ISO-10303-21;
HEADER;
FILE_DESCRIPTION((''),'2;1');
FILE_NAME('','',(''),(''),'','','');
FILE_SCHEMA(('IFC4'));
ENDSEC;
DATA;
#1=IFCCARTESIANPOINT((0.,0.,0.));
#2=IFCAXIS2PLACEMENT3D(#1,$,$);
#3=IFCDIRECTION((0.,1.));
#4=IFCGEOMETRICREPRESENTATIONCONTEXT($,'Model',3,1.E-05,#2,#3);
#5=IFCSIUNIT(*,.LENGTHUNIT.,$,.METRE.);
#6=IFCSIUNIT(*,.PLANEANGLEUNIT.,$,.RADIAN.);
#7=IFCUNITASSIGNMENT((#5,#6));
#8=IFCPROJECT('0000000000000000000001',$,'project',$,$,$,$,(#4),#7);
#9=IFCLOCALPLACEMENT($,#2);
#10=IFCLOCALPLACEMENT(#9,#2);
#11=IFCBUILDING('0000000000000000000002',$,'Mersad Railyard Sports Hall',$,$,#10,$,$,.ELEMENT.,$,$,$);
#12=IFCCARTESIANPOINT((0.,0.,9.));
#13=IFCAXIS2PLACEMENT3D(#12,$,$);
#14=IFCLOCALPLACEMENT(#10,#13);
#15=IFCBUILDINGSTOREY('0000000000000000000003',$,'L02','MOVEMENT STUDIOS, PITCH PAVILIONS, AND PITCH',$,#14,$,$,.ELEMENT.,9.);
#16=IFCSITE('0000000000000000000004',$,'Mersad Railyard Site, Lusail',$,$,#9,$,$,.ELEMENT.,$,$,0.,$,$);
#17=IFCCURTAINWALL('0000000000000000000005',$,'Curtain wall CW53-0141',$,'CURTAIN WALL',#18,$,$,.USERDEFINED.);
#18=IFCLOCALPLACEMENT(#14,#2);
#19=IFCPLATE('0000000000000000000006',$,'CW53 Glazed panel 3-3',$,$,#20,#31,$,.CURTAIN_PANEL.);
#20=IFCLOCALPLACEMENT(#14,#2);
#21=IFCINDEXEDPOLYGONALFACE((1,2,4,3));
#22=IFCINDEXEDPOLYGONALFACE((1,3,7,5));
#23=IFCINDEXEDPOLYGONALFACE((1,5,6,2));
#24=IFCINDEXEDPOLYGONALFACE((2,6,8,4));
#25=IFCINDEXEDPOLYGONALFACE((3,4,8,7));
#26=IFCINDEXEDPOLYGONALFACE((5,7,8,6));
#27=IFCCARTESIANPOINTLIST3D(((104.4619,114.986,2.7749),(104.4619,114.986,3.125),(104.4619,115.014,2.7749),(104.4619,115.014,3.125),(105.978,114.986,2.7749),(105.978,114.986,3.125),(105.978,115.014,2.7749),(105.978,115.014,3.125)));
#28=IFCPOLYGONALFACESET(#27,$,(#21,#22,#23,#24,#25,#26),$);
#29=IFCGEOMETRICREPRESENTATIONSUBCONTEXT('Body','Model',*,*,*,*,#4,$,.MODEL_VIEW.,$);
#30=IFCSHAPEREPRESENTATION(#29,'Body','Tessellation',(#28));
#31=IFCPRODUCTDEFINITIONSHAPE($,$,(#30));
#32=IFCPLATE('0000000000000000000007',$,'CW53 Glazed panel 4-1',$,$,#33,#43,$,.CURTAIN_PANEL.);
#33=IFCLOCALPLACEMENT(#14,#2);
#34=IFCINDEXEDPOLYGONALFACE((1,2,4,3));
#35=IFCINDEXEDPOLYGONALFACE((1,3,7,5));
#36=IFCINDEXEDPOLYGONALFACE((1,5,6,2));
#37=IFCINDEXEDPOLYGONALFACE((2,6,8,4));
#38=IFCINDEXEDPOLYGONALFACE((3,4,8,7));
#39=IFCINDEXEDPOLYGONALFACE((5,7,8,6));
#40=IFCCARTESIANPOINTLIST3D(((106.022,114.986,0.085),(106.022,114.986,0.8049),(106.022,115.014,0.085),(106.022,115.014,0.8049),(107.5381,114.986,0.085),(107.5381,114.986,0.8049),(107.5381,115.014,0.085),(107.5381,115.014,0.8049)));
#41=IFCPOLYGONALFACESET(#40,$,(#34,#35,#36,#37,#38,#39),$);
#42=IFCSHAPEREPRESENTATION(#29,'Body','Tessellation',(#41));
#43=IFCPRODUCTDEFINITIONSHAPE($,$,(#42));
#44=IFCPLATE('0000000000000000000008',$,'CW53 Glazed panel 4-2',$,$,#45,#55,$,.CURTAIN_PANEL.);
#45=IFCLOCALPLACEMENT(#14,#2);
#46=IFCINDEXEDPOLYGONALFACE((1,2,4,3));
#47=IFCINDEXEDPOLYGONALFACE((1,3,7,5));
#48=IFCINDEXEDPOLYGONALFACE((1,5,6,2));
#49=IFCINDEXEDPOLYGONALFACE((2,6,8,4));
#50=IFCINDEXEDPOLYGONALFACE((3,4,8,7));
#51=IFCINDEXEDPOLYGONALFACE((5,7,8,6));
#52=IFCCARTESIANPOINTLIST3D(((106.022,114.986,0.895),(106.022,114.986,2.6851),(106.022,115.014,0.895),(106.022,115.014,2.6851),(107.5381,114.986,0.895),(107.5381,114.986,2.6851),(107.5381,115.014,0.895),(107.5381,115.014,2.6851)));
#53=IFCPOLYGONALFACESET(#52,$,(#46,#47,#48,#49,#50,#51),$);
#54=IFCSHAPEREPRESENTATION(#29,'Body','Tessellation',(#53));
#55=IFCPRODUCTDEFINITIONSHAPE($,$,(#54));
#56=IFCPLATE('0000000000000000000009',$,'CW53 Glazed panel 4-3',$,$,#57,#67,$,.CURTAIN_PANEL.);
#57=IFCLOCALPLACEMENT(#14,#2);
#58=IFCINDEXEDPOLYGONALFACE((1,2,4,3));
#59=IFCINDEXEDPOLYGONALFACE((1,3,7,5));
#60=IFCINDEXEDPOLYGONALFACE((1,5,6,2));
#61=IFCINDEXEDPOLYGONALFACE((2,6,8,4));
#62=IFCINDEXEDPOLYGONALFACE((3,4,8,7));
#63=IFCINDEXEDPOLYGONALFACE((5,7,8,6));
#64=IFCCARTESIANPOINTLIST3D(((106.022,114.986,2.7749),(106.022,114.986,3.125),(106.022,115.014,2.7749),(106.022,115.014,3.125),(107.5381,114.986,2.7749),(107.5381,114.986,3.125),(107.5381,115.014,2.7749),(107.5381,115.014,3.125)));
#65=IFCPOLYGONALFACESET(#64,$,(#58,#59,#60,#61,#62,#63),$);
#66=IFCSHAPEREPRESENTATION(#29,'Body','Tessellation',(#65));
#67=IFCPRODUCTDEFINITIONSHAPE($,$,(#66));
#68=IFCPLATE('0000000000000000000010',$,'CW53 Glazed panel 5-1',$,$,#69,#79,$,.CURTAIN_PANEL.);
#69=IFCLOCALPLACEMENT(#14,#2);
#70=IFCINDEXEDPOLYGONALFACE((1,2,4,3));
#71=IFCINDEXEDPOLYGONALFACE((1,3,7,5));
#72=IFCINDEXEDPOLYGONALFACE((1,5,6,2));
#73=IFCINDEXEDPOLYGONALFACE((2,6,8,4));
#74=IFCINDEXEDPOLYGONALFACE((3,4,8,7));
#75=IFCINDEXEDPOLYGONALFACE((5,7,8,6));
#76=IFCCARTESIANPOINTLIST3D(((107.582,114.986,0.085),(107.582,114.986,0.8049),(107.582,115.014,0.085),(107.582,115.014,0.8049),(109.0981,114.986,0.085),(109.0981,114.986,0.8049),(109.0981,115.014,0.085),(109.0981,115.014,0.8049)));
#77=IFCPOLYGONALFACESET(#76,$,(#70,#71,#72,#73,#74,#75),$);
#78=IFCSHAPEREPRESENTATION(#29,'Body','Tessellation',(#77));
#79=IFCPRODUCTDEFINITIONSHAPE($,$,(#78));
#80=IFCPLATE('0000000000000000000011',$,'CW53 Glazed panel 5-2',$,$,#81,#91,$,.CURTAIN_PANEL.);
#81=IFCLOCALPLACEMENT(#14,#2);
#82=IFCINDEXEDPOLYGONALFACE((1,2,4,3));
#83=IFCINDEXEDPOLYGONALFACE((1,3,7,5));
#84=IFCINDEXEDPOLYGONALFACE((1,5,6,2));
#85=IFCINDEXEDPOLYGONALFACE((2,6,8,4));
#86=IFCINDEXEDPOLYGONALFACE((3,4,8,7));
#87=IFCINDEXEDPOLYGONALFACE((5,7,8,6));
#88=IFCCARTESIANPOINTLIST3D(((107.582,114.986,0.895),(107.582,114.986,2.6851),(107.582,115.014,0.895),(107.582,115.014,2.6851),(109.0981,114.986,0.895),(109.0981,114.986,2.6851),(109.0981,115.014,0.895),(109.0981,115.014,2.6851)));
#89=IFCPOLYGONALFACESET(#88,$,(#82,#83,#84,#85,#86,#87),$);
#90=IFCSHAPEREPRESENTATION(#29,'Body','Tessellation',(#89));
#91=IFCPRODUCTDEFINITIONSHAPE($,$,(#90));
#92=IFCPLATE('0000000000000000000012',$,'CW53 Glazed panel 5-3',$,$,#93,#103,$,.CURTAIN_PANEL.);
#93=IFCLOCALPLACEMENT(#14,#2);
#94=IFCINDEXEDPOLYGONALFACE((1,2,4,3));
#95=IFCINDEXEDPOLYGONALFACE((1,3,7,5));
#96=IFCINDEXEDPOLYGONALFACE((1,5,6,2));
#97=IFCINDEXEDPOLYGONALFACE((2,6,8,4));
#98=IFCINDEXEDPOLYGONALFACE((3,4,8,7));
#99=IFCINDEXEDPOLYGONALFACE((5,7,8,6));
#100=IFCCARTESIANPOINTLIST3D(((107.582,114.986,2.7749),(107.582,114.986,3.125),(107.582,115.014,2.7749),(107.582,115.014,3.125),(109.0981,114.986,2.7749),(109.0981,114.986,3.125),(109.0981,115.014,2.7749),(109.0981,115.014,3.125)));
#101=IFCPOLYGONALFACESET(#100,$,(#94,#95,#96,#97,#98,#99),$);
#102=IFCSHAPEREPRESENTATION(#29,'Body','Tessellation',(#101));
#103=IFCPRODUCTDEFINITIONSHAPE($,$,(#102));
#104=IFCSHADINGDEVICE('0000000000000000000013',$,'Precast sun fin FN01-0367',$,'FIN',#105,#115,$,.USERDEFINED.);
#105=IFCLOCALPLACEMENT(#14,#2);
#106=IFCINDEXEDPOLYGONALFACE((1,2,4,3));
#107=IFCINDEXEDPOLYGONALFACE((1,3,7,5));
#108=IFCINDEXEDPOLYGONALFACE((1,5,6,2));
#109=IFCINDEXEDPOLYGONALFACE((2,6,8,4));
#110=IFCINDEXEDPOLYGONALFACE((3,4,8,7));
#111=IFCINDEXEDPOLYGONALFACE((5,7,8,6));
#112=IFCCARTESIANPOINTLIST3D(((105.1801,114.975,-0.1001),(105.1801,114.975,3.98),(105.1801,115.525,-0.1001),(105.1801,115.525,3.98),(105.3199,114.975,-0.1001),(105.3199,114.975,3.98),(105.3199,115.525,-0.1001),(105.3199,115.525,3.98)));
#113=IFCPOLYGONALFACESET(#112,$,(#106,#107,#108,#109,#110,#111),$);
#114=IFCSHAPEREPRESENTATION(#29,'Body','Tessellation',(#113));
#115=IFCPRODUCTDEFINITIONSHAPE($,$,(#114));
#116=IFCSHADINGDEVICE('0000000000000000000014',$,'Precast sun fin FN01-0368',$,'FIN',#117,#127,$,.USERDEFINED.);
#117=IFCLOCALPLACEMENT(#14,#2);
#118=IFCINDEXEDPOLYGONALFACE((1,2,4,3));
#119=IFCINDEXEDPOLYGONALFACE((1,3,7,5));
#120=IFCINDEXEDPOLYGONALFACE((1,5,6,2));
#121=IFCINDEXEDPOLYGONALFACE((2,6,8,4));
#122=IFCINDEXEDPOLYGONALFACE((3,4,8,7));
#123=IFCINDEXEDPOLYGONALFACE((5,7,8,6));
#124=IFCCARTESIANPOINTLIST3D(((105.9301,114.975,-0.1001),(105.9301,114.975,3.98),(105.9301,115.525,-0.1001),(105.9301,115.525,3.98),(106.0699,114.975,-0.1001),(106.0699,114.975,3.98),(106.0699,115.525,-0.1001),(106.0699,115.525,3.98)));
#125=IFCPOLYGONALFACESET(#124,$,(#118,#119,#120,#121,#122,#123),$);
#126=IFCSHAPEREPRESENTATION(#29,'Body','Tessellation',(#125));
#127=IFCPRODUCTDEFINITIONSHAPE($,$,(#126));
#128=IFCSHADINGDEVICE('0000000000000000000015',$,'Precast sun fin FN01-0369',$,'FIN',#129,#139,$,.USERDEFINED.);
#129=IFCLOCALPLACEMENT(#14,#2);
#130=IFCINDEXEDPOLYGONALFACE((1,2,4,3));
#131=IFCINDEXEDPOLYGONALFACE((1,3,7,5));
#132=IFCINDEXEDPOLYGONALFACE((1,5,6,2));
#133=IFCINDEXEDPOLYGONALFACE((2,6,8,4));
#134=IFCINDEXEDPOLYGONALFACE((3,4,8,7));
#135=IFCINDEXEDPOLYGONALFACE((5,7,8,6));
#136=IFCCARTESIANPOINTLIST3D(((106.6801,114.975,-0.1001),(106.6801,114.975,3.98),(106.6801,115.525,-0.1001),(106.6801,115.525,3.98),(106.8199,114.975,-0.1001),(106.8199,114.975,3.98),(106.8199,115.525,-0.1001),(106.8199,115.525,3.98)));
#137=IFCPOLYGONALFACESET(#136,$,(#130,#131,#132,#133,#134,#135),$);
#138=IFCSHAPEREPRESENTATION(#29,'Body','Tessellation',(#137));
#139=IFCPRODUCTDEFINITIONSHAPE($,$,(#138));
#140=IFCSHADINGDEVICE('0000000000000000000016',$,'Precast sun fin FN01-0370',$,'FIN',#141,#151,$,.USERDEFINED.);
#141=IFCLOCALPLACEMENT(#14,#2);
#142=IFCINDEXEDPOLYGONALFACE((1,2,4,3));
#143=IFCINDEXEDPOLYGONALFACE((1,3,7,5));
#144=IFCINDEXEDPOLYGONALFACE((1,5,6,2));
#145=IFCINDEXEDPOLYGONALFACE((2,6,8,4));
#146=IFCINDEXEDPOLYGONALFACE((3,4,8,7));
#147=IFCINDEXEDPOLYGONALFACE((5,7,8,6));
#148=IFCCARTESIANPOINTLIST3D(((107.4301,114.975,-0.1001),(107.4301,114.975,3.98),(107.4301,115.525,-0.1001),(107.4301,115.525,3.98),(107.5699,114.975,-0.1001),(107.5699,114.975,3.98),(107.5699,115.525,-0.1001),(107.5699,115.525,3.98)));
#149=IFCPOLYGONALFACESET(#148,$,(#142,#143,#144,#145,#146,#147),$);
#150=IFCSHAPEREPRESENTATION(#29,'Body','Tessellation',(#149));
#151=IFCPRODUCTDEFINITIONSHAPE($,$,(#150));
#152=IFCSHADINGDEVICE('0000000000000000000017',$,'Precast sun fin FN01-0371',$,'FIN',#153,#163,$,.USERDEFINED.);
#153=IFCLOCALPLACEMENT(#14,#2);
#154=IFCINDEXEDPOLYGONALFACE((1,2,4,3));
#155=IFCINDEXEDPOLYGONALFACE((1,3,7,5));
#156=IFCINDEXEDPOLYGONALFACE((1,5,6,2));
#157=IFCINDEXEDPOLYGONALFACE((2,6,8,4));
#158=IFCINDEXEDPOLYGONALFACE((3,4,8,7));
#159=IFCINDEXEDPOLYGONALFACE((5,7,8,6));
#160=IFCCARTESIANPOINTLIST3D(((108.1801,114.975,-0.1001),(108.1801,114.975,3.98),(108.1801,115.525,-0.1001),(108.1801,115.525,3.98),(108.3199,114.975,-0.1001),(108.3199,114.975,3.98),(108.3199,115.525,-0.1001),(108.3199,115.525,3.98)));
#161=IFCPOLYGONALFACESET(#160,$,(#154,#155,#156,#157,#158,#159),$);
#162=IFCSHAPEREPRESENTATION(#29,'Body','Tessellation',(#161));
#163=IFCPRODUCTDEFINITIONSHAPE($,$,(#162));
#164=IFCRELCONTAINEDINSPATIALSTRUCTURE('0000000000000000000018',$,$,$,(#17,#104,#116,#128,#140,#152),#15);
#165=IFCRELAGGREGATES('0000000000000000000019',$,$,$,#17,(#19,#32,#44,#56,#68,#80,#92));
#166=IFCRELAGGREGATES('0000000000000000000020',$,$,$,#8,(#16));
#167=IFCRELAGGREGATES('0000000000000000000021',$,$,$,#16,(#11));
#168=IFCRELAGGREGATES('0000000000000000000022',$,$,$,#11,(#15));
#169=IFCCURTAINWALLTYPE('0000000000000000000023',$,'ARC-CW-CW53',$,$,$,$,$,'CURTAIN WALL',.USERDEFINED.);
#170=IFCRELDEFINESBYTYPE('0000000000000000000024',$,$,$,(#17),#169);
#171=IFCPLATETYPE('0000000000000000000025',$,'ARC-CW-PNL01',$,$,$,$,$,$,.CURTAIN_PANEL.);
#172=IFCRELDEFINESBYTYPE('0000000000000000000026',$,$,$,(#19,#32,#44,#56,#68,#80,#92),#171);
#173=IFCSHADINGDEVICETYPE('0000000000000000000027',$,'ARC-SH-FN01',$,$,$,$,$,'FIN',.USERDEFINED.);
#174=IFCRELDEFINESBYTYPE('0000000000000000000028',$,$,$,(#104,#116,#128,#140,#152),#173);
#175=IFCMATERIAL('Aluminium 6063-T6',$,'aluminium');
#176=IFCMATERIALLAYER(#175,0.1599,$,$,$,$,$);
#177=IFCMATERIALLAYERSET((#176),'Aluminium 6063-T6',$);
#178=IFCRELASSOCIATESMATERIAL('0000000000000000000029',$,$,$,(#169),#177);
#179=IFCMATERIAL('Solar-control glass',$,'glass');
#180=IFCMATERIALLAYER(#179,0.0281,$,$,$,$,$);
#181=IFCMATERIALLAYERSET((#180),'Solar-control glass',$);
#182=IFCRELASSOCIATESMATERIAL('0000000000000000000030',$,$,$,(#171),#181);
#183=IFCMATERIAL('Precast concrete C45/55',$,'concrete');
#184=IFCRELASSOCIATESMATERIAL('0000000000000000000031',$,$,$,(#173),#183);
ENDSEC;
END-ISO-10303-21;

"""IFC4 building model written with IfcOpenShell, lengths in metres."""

from ifc_helpers import new_model, si_unit, direction, frame, origin, origin_2d, place, context, subcontext, project, spatial, rectangle, extrude, material, layer, layer_set, type_object, element, aggregate, save


model = new_model("IFC4")

# Units and contexts
model_context = context("Model", 3, precision=1e-05, world=origin(), true_north=direction((0.0, 1.0)))
body_context = subcontext(model_context, "Body", "Model", "MODEL_VIEW")
ifc_project = project(units=[si_unit("LENGTHUNIT", "METRE"), si_unit("PLANEANGLEUNIT", "RADIAN")], contexts=[model_context])

# Site, building, storey
site_placement = place(None, origin())
site = spatial("IfcSite", under=ifc_project, at=site_placement, Name="Mersad Railyard Site, Lusail", CompositionType="ELEMENT", RefElevation=0.0)
building_placement = place(site_placement, origin())
building = spatial("IfcBuilding", under=site, at=building_placement, Name="Mersad Railyard Sports Hall", CompositionType="ELEMENT")
storey_placement = place(building_placement, frame((0.0, 0.0, 9.0)))
storey = spatial("IfcBuildingStorey", under=building, at=storey_placement, Name="L02", Description="MOVEMENT STUDIOS, PITCH PAVILIONS, AND PITCH", CompositionType="ELEMENT", Elevation=9.0)

# Curtain wall, plates
ifc_material_1 = material(Name="Aluminium 6063-T6", Category="aluminium")
ifc_layer_1 = layer(ifc_material_1, 0.1599)
ifc_layer_set_1 = layer_set([ifc_layer_1], Name="Aluminium 6063-T6")
curtain_wall_type = type_object("IfcCurtainWallType", Name="ARC-CW-CW53", ElementType="CURTAIN WALL", PredefinedType="USERDEFINED", material=ifc_layer_set_1)
curtain_wall_placement = place(storey_placement, origin())
curtain_wall = element("IfcCurtainWall", 1, at=curtain_wall_placement, inside=storey, type_object=curtain_wall_type, Name="Curtain wall CW53-0141", ObjectType="CURTAIN WALL", PredefinedType="USERDEFINED")
ifc_material_2 = material(Name="Solar-control glass", Category="glass")
ifc_layer_2 = layer(ifc_material_2, 0.0281)
ifc_layer_set_2 = layer_set([ifc_layer_2], Name="Solar-control glass")
plate_type = type_object("IfcPlateType", Name="ARC-CW-PNL01", PredefinedType="CURTAIN_PANEL", material=ifc_layer_set_2)
plate_1_placement = place(storey_placement, frame((105.22, 115.0, 2.7749), z_axis=(0.0, 0.0, 1.0), x_axis=(1.0, 0.0, 0.0)))
plate_1 = element("IfcPlate", 2, at=plate_1_placement, type_object=plate_type, Name="CW53 Glazed panel 3-3", PredefinedType="CURTAIN_PANEL", context=body_context, shape_type="SweptSolid", body=[
    extrude(rectangle(XDim=1.5161, YDim=0.0281, at=origin_2d()), origin(), (0.0, 0.0, 1.0), 0.3501),
])
plate_2_placement = place(storey_placement, frame((106.78, 115.0, 0.085), z_axis=(0.0, 0.0, 1.0), x_axis=(1.0, 0.0, 0.0)))
plate_2 = element("IfcPlate", 3, at=plate_2_placement, type_object=plate_type, Name="CW53 Glazed panel 4-1", PredefinedType="CURTAIN_PANEL", context=body_context, shape_type="SweptSolid", body=[
    extrude(rectangle(XDim=1.5161, YDim=0.0281, at=origin_2d()), origin(), (0.0, 0.0, 1.0), 0.72),
])
plate_3_placement = place(storey_placement, frame((106.78, 115.0, 0.895), z_axis=(0.0, 0.0, 1.0), x_axis=(1.0, 0.0, 0.0)))
plate_3 = element("IfcPlate", 4, at=plate_3_placement, type_object=plate_type, Name="CW53 Glazed panel 4-2", PredefinedType="CURTAIN_PANEL", context=body_context, shape_type="SweptSolid", body=[
    extrude(rectangle(XDim=1.5161, YDim=0.0281, at=origin_2d()), origin(), (0.0, 0.0, 1.0), 1.79),
])
plate_4_placement = place(storey_placement, frame((106.78, 115.0, 2.7749), z_axis=(0.0, 0.0, 1.0), x_axis=(1.0, 0.0, 0.0)))
plate_4 = element("IfcPlate", 5, at=plate_4_placement, type_object=plate_type, Name="CW53 Glazed panel 4-3", PredefinedType="CURTAIN_PANEL", context=body_context, shape_type="SweptSolid", body=[
    extrude(rectangle(XDim=1.5161, YDim=0.0281, at=origin_2d()), origin(), (0.0, 0.0, 1.0), 0.3501),
])
plate_5_placement = place(storey_placement, frame((108.3401, 115.0, 0.085), z_axis=(0.0, 0.0, 1.0), x_axis=(1.0, 0.0, 0.0)))
plate_5 = element("IfcPlate", 6, at=plate_5_placement, type_object=plate_type, Name="CW53 Glazed panel 5-1", PredefinedType="CURTAIN_PANEL", context=body_context, shape_type="SweptSolid", body=[
    extrude(rectangle(XDim=1.5161, YDim=0.0281, at=origin_2d()), origin(), (0.0, 0.0, 1.0), 0.72),
])
plate_6_placement = place(storey_placement, frame((108.3401, 115.0, 0.895), z_axis=(0.0, 0.0, 1.0), x_axis=(1.0, 0.0, 0.0)))
plate_6 = element("IfcPlate", 7, at=plate_6_placement, type_object=plate_type, Name="CW53 Glazed panel 5-2", PredefinedType="CURTAIN_PANEL", context=body_context, shape_type="SweptSolid", body=[
    extrude(rectangle(XDim=1.5161, YDim=0.0281, at=origin_2d()), origin(), (0.0, 0.0, 1.0), 1.79),
])
plate_7_placement = place(storey_placement, frame((108.3401, 115.0, 2.7749), z_axis=(0.0, 0.0, 1.0), x_axis=(1.0, 0.0, 0.0)))
plate_7 = element("IfcPlate", 8, at=plate_7_placement, type_object=plate_type, Name="CW53 Glazed panel 5-3", PredefinedType="CURTAIN_PANEL", context=body_context, shape_type="SweptSolid", body=[
    extrude(rectangle(XDim=1.5161, YDim=0.0281, at=origin_2d()), origin(), (0.0, 0.0, 1.0), 0.3501),
])
aggregate(curtain_wall, [plate_1, plate_2, plate_3, plate_4, plate_5, plate_6, plate_7])

# Shading devices
ifc_material_3 = material(Name="Precast concrete C45/55", Category="concrete")
shading_device_type = type_object("IfcShadingDeviceType", Name="ARC-SH-FN01", ElementType="FIN", PredefinedType="USERDEFINED", material=ifc_material_3)
for number, where, z_axis, x_axis, name in (
    (9, (105.25, 115.25, -0.1001), (0.0, 0.0, 1.0), (1.0, 0.0, 0.0), "Precast sun fin FN01-0367"),
    (10, (106.0, 115.25, -0.1001), (0.0, 0.0, 1.0), (1.0, 0.0, 0.0), "Precast sun fin FN01-0368"),
    (11, (106.75, 115.25, -0.1001), (0.0, 0.0, 1.0), (1.0, 0.0, 0.0), "Precast sun fin FN01-0369"),
    (12, (107.5, 115.25, -0.1001), (0.0, 0.0, 1.0), (1.0, 0.0, 0.0), "Precast sun fin FN01-0370"),
    (13, (108.25, 115.25, -0.1001), (0.0, 0.0, 1.0), (1.0, 0.0, 0.0), "Precast sun fin FN01-0371"),
):
    element("IfcShadingDevice", number, at=place(storey_placement, frame(where, z_axis=z_axis, x_axis=x_axis)), inside=storey, type_object=shading_device_type, Name=name, ObjectType="FIN", PredefinedType="USERDEFINED", context=body_context, shape_type="SweptSolid", body=[
        extrude(rectangle(XDim=0.1399, YDim=0.55, at=origin_2d()), origin(), (0.0, 0.0, 1.0), 4.0801),
    ])

save(model, "model.ifc")
